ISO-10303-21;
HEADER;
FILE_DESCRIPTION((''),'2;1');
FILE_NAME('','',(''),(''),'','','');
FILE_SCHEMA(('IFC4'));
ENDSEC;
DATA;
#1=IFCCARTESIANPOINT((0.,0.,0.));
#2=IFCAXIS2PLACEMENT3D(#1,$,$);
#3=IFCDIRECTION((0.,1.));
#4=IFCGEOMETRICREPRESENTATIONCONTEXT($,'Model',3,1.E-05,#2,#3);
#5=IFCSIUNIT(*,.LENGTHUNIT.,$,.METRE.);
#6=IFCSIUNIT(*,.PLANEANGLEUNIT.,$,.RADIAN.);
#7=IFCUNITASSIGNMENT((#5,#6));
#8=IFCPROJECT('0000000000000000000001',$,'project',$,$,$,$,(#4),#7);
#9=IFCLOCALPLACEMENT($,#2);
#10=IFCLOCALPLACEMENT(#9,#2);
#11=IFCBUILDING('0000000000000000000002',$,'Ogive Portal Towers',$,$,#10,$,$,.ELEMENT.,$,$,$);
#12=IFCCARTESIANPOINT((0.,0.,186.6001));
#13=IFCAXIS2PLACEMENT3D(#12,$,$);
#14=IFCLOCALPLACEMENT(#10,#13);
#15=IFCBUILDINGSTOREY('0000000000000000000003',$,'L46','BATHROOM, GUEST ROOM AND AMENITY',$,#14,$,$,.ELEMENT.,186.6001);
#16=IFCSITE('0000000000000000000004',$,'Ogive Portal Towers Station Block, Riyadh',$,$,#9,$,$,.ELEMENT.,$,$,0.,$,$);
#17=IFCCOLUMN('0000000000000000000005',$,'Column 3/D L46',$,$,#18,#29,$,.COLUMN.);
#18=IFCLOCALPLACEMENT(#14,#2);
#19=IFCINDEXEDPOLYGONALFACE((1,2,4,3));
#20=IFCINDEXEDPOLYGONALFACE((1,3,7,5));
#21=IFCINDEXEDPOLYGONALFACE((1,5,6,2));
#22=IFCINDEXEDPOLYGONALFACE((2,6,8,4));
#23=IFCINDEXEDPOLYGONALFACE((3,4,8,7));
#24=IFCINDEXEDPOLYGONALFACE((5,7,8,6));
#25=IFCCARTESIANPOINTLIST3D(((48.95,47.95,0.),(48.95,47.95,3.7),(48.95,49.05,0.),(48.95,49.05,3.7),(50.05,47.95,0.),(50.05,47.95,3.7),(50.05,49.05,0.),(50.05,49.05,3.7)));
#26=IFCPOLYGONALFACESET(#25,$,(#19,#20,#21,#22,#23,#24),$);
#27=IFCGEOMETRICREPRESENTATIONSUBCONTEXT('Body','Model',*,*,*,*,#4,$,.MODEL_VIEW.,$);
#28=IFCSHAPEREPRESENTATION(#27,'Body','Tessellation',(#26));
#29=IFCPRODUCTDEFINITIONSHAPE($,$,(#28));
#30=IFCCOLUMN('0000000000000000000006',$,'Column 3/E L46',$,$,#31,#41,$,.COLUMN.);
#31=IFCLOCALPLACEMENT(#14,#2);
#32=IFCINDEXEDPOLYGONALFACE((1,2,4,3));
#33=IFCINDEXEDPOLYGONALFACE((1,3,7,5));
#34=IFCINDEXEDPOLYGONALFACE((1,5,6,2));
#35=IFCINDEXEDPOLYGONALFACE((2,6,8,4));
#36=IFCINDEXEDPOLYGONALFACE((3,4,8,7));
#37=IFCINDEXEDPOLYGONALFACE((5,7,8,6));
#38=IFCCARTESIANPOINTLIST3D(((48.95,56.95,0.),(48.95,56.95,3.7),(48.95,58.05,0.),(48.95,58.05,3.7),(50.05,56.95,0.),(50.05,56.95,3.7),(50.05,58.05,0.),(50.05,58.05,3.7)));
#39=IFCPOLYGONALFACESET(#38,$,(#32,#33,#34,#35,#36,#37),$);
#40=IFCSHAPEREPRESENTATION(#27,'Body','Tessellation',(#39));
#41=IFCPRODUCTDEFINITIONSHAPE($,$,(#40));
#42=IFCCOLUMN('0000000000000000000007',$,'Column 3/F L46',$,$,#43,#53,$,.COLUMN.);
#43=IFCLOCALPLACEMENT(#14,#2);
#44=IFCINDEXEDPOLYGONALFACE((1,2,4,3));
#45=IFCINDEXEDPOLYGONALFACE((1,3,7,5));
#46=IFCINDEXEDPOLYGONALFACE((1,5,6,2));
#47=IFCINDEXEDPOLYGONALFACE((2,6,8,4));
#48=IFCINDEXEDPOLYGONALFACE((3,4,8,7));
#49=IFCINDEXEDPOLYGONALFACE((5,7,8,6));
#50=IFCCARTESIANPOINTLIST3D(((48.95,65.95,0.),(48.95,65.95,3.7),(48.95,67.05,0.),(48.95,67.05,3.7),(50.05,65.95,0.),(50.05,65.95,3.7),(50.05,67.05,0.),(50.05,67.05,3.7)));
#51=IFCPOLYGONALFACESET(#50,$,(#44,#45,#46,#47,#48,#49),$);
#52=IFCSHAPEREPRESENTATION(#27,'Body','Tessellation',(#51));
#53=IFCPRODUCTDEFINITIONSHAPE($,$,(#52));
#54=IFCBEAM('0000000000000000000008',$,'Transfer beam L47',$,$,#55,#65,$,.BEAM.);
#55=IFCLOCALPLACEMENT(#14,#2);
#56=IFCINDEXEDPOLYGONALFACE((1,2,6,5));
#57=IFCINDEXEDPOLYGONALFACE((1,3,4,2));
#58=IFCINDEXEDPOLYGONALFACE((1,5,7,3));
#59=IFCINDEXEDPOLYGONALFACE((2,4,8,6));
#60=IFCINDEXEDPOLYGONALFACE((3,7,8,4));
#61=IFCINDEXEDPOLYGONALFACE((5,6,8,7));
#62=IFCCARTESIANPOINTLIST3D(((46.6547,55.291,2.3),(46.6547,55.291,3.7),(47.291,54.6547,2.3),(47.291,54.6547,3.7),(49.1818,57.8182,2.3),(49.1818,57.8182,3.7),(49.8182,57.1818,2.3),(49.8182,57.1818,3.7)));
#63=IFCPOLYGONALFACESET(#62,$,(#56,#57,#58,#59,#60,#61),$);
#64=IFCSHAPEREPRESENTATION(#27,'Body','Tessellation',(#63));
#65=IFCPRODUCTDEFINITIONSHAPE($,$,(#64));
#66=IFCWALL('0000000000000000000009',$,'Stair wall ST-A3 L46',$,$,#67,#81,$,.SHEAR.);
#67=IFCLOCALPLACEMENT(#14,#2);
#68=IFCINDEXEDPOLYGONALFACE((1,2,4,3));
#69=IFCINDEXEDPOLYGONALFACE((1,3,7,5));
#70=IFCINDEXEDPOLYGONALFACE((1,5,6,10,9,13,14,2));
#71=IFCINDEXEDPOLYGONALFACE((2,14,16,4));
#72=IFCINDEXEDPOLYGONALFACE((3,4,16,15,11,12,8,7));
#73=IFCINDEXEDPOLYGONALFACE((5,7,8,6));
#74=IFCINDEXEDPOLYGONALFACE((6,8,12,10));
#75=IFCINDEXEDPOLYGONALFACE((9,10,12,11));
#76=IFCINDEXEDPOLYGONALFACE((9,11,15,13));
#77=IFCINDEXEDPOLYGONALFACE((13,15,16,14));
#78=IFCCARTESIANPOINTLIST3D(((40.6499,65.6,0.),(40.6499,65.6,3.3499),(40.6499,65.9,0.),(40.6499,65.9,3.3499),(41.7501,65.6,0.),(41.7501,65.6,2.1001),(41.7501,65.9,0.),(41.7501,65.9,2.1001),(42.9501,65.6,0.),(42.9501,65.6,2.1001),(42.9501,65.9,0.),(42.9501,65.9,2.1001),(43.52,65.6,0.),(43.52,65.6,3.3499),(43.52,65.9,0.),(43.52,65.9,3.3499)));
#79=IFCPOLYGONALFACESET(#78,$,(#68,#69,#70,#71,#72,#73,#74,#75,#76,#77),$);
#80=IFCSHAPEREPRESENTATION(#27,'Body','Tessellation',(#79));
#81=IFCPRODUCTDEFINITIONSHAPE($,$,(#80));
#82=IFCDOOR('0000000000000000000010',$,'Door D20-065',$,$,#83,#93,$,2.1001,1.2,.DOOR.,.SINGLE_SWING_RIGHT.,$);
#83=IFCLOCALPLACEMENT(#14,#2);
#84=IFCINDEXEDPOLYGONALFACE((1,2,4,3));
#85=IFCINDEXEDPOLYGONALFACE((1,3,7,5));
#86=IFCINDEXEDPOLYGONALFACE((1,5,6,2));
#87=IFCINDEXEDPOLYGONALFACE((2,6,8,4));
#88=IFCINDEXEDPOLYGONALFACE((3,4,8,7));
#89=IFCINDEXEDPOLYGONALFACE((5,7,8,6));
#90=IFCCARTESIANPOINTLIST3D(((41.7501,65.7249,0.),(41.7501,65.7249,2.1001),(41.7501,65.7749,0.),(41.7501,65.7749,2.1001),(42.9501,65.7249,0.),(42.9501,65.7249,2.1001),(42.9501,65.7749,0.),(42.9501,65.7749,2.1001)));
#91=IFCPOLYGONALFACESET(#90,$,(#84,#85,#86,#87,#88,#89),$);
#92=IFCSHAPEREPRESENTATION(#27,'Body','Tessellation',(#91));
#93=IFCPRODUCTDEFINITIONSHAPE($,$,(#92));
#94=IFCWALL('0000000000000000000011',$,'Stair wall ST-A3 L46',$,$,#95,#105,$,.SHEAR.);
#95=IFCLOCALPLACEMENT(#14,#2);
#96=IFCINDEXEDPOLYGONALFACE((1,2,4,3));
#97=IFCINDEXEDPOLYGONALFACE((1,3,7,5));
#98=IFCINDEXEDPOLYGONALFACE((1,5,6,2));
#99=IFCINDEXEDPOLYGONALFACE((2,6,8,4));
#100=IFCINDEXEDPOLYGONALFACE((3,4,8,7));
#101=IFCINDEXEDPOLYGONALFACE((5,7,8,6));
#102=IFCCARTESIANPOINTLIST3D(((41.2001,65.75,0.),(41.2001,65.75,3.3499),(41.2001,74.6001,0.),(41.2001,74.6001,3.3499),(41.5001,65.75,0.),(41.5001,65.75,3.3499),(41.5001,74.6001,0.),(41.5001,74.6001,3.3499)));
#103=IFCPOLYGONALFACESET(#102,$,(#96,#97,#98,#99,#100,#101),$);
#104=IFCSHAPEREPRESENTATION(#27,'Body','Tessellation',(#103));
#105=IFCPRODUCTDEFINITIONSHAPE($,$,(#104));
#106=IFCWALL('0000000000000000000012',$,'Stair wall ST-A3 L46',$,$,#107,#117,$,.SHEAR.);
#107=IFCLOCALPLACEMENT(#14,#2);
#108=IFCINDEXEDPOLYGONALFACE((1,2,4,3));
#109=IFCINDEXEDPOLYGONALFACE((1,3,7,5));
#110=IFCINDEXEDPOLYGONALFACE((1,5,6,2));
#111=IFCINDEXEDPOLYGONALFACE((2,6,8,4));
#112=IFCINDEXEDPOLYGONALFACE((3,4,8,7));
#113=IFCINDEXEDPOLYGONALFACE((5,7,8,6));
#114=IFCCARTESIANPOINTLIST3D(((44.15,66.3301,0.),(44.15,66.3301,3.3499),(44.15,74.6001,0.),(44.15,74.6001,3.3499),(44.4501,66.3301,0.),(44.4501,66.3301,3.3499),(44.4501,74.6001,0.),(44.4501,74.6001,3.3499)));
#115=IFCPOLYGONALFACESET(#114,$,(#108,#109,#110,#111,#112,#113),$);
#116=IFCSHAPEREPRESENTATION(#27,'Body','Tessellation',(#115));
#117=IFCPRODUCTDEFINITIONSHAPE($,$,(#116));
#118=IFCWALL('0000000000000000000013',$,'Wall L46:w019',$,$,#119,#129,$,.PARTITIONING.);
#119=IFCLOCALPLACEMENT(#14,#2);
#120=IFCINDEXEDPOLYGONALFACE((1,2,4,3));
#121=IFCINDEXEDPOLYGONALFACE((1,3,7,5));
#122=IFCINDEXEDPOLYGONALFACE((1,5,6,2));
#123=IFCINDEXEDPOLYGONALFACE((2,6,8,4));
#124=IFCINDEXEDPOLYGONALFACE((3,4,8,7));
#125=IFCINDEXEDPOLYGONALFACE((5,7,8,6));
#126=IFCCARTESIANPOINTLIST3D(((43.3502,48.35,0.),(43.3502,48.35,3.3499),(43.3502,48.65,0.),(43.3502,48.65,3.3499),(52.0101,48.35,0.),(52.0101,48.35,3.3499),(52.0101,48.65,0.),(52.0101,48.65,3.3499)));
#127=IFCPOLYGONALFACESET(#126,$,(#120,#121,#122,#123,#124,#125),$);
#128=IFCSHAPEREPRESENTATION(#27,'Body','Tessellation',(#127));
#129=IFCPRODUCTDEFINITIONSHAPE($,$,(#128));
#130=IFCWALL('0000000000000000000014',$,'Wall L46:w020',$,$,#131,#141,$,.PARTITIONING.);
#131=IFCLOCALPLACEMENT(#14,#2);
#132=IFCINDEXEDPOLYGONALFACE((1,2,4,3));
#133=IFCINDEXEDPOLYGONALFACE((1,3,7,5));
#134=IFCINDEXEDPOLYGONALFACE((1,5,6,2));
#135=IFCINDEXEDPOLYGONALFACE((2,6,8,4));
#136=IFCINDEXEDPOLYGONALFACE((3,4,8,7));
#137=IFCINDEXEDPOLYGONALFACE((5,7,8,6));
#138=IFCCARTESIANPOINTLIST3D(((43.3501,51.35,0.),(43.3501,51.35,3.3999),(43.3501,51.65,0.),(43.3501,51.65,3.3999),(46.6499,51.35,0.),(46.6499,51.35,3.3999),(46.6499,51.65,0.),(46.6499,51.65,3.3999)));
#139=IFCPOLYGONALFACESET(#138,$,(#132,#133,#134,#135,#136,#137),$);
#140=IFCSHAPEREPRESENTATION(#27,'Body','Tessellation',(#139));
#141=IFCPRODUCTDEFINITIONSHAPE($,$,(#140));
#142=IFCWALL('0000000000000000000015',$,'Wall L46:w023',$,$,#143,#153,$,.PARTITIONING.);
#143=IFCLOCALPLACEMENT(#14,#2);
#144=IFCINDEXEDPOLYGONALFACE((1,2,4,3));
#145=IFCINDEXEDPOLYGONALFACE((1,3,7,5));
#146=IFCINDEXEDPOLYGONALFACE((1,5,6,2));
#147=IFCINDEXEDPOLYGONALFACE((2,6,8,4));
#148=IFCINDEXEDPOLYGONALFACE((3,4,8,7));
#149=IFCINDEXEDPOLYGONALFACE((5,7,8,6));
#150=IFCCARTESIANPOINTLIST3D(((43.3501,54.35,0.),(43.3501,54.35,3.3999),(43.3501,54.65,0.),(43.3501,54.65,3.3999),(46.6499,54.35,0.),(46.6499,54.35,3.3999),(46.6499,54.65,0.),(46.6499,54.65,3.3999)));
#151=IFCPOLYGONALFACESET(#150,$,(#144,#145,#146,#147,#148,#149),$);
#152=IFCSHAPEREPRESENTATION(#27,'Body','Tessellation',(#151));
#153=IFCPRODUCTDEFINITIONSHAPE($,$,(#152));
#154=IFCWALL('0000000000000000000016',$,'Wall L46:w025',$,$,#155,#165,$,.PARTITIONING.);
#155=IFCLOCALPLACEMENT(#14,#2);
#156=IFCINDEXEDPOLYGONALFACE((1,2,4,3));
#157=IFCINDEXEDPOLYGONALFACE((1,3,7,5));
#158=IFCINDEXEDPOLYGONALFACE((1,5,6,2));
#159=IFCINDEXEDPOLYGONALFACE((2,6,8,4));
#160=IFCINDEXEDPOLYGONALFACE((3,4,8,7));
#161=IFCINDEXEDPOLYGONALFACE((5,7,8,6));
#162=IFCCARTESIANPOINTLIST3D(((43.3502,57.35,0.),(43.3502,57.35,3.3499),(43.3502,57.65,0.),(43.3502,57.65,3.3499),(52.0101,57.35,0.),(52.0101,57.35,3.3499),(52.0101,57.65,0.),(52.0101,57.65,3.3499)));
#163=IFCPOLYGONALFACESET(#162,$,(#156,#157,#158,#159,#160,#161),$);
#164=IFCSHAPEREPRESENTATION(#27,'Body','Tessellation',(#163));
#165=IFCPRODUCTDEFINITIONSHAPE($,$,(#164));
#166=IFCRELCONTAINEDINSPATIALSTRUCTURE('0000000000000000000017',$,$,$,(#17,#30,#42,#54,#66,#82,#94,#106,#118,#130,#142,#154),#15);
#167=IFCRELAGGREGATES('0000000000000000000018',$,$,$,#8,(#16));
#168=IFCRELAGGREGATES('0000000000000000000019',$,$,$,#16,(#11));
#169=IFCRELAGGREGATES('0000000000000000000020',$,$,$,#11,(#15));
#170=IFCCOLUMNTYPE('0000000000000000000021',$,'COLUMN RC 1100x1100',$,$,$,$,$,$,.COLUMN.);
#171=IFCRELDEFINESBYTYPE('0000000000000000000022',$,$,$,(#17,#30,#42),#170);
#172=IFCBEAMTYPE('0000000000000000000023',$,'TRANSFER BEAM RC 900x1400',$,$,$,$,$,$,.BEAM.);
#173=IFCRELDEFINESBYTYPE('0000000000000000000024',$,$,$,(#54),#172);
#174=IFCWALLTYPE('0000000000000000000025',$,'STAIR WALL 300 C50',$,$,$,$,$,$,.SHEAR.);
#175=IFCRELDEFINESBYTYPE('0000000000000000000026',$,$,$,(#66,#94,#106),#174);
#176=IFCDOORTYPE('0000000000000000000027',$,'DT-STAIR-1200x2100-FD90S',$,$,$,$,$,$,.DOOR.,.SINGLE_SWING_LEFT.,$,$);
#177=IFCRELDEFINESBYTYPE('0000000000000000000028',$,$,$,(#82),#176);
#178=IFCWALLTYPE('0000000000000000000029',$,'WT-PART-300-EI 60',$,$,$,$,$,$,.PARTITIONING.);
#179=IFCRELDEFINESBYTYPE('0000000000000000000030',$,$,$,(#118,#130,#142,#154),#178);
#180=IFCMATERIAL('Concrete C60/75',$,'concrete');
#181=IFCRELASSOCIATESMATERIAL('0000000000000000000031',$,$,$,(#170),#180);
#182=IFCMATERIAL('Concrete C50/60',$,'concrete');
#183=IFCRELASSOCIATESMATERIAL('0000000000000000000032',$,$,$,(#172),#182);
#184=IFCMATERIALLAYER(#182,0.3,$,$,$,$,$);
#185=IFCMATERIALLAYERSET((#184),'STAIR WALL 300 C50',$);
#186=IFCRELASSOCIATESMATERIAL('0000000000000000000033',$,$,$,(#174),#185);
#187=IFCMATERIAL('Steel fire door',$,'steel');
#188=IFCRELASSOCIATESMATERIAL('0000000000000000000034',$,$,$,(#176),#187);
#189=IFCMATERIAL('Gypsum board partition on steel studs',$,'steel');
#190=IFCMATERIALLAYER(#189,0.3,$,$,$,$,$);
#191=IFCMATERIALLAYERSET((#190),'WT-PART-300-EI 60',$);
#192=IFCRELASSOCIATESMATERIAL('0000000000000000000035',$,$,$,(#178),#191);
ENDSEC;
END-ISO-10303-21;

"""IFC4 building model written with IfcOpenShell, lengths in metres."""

from ifc_helpers import new_model, si_unit, direction, frame, frame_2d, origin, origin_2d, place, context, subcontext, project, spatial, rectangle, extrude, material, layer, layer_set, material_profile, profile_set, type_object, element, fill, save


model = new_model("IFC4")

# Units and contexts
model_context = context("Model", 3, precision=1e-05, world=origin(), true_north=direction((0.0, 1.0)))
body_context = subcontext(model_context, "Body", "Model", "MODEL_VIEW")
ifc_project = project(units=[si_unit("LENGTHUNIT", "METRE"), si_unit("PLANEANGLEUNIT", "RADIAN")], contexts=[model_context])

# Site, building, storey
site_placement = place(None, origin())
site = spatial("IfcSite", under=ifc_project, at=site_placement, Name="Ogive Portal Towers Station Block, Riyadh", CompositionType="ELEMENT", RefElevation=0.0)
building_placement = place(site_placement, origin())
building = spatial("IfcBuilding", under=site, at=building_placement, Name="Ogive Portal Towers", CompositionType="ELEMENT")
storey_placement = place(building_placement, frame((0.0, 0.0, 186.6001)))
storey = spatial("IfcBuildingStorey", under=building, at=storey_placement, Name="L46", Description="BATHROOM, GUEST ROOM AND AMENITY", CompositionType="ELEMENT", Elevation=186.6001)

# Columns
ifc_material_1 = material(Name="Concrete C60/75", Category="concrete")
ifc_material_profile_1 = material_profile(ifc_material_1, rectangle(XDim=1.1001, YDim=1.1001, at=origin_2d()), Name="RC 1100x1100")
ifc_profile_set_1 = profile_set([ifc_material_profile_1], Name="Concrete C60/75")
column_type = type_object("IfcColumnType", Name="COLUMN RC 1100x1100", PredefinedType="COLUMN", material=ifc_profile_set_1)
for number, where, z_axis, x_axis, name in (
    (1, (49.5, 48.5, 0.0), (0.0, 0.0, 1.0), (1.0, 0.0, 0.0), "Column 3/D L46"),
    (2, (49.5, 57.5, 0.0), (0.0, 0.0, 1.0), (1.0, 0.0, 0.0), "Column 3/E L46"),
    (3, (49.5, 66.5, 0.0), (0.0, 0.0, 1.0), (1.0, 0.0, 0.0), "Column 3/F L46"),
):
    element("IfcColumn", number, at=place(storey_placement, frame(where, z_axis=z_axis, x_axis=x_axis)), inside=storey, type_object=column_type, Name=name, PredefinedType="COLUMN", context=body_context, shape_type="SweptSolid", body=[
        extrude(rectangle(XDim=1.1001, YDim=1.1001, at=origin_2d()), origin(), (0.0, 0.0, 1.0), 3.7),
    ])

# Beam
ifc_material_2 = material(Name="Concrete C50/60", Category="concrete")
ifc_material_profile_2 = material_profile(ifc_material_2, rectangle(XDim=0.8999, YDim=1.3999, at=origin_2d()), Name="RC 900x1400")
ifc_profile_set_2 = profile_set([ifc_material_profile_2], Name="Concrete C50/60")
beam_type = type_object("IfcBeamType", Name="TRANSFER BEAM RC 900x1400", PredefinedType="BEAM", material=ifc_profile_set_2)
beam_placement = place(storey_placement, frame((49.5, 57.5, 3.0), z_axis=(-0.707107, -0.707107, 0.0), x_axis=(0.707107, -0.707107, 0.0)))
element("IfcBeam", 4, at=beam_placement, inside=storey, type_object=beam_type, Name="Transfer beam L47", PredefinedType="BEAM", context=body_context, shape_type="SweptSolid", body=[
    extrude(rectangle(XDim=0.8999, YDim=1.3999, at=origin_2d()), origin(), (0.0, 0.0, 1.0), 3.574),
])

# Wall, opening, door
ifc_layer_1 = layer(ifc_material_2, 0.3)
ifc_layer_set_1 = layer_set([ifc_layer_1], Name="STAIR WALL 300 C50")
wall_type_1 = type_object("IfcWallType", Name="STAIR WALL 300 C50", PredefinedType="SHEAR", material=ifc_layer_set_1)
wall_1_placement = place(storey_placement, frame((40.6499, 65.75, 0.0), z_axis=(0.0, 0.0, 1.0), x_axis=(1.0, 0.0, 0.0)))
wall_1 = element("IfcWall", 5, at=wall_1_placement, inside=storey, type_object=wall_type_1, Name="Stair wall ST-A3 L46", PredefinedType="SHEAR", context=body_context, shape_type="SweptSolid", body=[
    extrude(rectangle(XDim=2.8701, YDim=0.3, at=frame_2d((1.4351, 0.0))), origin(), (0.0, 0.0, 1.0), 3.3499),
])
opening_1_placement = place(wall_1_placement, frame((1.1001, 0.0, 0.0)))
opening_1 = element("IfcOpeningElement", 6, at=opening_1_placement, cuts=wall_1, PredefinedType="OPENING", context=body_context, shape_type="SweptSolid", body=[
    extrude(rectangle(XDim=1.2, YDim=2.1001, at=frame_2d((0.6001, 1.05))), frame((0.0, 0.1602, 0.0), z_axis=(0.0, -1.0, 0.0), x_axis=(1.0, 0.0, 0.0)), (0.0, 0.0, 1.0), 0.3201),
])
ifc_material_3 = material(Name="Steel fire door", Category="steel")
door_type_1 = type_object("IfcDoorType", Name="DT-STAIR-1200x2100-FD90S", OperationType="SINGLE_SWING_LEFT", PredefinedType="DOOR", material=ifc_material_3)
door_1_placement = place(opening_1_placement, origin())
door_1 = element("IfcDoor", 7, at=door_1_placement, inside=storey, type_object=door_type_1, Name="Door D20-065", OperationType="SINGLE_SWING_RIGHT", OverallHeight=2.1001, OverallWidth=1.2, PredefinedType="DOOR", context=body_context, shape_type="SweptSolid", body=[
    extrude(rectangle(XDim=1.2, YDim=2.1001, at=frame_2d((0.6001, 1.05))), frame((0.0, 0.0249, 0.0), z_axis=(0.0, -1.0, 0.0), x_axis=(1.0, 0.0, 0.0)), (0.0, 0.0, 1.0), 0.05),
])
fill(opening_1, door_1)

# Walls
wall_2_placement = place(storey_placement, frame((41.3501, 65.75, 0.0), z_axis=(0.0, 0.0, 1.0), x_axis=(0.0, 1.0, 0.0)))
element("IfcWall", 8, at=wall_2_placement, inside=storey, type_object=wall_type_1, Name="Stair wall ST-A3 L46", PredefinedType="SHEAR", context=body_context, shape_type="SweptSolid", body=[
    extrude(rectangle(XDim=8.8501, YDim=0.3, at=frame_2d((4.425, 0.0))), origin(), (0.0, 0.0, 1.0), 3.3499),
])
wall_3_placement = place(storey_placement, frame((44.3, 66.3301, 0.0), z_axis=(0.0, 0.0, 1.0), x_axis=(0.0, 1.0, 0.0)))
element("IfcWall", 9, at=wall_3_placement, inside=storey, type_object=wall_type_1, Name="Stair wall ST-A3 L46", PredefinedType="SHEAR", context=body_context, shape_type="SweptSolid", body=[
    extrude(rectangle(XDim=8.27, YDim=0.3, at=frame_2d((4.135, 0.0))), origin(), (0.0, 0.0, 1.0), 3.3499),
])
ifc_material_4 = material(Name="Gypsum board partition on steel studs", Category="steel")
ifc_layer_2 = layer(ifc_material_4, 0.3)
ifc_layer_set_2 = layer_set([ifc_layer_2], Name="WT-PART-300-EI 60")
wall_type_2 = type_object("IfcWallType", Name="WT-PART-300-EI 60", PredefinedType="PARTITIONING", material=ifc_layer_set_2)
wall_4_placement = place(storey_placement, frame((43.3501, 48.5, 0.0), z_axis=(0.0, 0.0, 1.0), x_axis=(1.0, 0.0, 0.0)))
element("IfcWall", 10, at=wall_4_placement, inside=storey, type_object=wall_type_2, Name="Wall L46:w019", PredefinedType="PARTITIONING", context=body_context, shape_type="SweptSolid", body=[
    extrude(rectangle(XDim=8.6599, YDim=0.3, at=frame_2d((4.3301, 0.0))), origin(), (0.0, 0.0, 1.0), 3.3499),
])
for number, where, z_axis, x_axis, name in (
    (11, (43.3501, 51.5, 0.0), (0.0, 0.0, 1.0), (1.0, 0.0, 0.0), "Wall L46:w020"),
    (12, (43.3501, 54.5, 0.0), (0.0, 0.0, 1.0), (1.0, 0.0, 0.0), "Wall L46:w023"),
):
    element("IfcWall", number, at=place(storey_placement, frame(where, z_axis=z_axis, x_axis=x_axis)), inside=storey, type_object=wall_type_2, Name=name, PredefinedType="PARTITIONING", context=body_context, shape_type="SweptSolid", body=[
        extrude(rectangle(XDim=3.2998, YDim=0.3, at=frame_2d((1.6499, 0.0))), origin(), (0.0, 0.0, 1.0), 3.3999),
    ])
wall_5_placement = place(storey_placement, frame((43.3501, 57.5, 0.0), z_axis=(0.0, 0.0, 1.0), x_axis=(1.0, 0.0, 0.0)))
element("IfcWall", 13, at=wall_5_placement, inside=storey, type_object=wall_type_2, Name="Wall L46:w025", PredefinedType="PARTITIONING", context=body_context, shape_type="SweptSolid", body=[
    extrude(rectangle(XDim=8.6599, YDim=0.3, at=frame_2d((4.3301, 0.0))), origin(), (0.0, 0.0, 1.0), 3.3499),
])

save(model, "model.ifc")
